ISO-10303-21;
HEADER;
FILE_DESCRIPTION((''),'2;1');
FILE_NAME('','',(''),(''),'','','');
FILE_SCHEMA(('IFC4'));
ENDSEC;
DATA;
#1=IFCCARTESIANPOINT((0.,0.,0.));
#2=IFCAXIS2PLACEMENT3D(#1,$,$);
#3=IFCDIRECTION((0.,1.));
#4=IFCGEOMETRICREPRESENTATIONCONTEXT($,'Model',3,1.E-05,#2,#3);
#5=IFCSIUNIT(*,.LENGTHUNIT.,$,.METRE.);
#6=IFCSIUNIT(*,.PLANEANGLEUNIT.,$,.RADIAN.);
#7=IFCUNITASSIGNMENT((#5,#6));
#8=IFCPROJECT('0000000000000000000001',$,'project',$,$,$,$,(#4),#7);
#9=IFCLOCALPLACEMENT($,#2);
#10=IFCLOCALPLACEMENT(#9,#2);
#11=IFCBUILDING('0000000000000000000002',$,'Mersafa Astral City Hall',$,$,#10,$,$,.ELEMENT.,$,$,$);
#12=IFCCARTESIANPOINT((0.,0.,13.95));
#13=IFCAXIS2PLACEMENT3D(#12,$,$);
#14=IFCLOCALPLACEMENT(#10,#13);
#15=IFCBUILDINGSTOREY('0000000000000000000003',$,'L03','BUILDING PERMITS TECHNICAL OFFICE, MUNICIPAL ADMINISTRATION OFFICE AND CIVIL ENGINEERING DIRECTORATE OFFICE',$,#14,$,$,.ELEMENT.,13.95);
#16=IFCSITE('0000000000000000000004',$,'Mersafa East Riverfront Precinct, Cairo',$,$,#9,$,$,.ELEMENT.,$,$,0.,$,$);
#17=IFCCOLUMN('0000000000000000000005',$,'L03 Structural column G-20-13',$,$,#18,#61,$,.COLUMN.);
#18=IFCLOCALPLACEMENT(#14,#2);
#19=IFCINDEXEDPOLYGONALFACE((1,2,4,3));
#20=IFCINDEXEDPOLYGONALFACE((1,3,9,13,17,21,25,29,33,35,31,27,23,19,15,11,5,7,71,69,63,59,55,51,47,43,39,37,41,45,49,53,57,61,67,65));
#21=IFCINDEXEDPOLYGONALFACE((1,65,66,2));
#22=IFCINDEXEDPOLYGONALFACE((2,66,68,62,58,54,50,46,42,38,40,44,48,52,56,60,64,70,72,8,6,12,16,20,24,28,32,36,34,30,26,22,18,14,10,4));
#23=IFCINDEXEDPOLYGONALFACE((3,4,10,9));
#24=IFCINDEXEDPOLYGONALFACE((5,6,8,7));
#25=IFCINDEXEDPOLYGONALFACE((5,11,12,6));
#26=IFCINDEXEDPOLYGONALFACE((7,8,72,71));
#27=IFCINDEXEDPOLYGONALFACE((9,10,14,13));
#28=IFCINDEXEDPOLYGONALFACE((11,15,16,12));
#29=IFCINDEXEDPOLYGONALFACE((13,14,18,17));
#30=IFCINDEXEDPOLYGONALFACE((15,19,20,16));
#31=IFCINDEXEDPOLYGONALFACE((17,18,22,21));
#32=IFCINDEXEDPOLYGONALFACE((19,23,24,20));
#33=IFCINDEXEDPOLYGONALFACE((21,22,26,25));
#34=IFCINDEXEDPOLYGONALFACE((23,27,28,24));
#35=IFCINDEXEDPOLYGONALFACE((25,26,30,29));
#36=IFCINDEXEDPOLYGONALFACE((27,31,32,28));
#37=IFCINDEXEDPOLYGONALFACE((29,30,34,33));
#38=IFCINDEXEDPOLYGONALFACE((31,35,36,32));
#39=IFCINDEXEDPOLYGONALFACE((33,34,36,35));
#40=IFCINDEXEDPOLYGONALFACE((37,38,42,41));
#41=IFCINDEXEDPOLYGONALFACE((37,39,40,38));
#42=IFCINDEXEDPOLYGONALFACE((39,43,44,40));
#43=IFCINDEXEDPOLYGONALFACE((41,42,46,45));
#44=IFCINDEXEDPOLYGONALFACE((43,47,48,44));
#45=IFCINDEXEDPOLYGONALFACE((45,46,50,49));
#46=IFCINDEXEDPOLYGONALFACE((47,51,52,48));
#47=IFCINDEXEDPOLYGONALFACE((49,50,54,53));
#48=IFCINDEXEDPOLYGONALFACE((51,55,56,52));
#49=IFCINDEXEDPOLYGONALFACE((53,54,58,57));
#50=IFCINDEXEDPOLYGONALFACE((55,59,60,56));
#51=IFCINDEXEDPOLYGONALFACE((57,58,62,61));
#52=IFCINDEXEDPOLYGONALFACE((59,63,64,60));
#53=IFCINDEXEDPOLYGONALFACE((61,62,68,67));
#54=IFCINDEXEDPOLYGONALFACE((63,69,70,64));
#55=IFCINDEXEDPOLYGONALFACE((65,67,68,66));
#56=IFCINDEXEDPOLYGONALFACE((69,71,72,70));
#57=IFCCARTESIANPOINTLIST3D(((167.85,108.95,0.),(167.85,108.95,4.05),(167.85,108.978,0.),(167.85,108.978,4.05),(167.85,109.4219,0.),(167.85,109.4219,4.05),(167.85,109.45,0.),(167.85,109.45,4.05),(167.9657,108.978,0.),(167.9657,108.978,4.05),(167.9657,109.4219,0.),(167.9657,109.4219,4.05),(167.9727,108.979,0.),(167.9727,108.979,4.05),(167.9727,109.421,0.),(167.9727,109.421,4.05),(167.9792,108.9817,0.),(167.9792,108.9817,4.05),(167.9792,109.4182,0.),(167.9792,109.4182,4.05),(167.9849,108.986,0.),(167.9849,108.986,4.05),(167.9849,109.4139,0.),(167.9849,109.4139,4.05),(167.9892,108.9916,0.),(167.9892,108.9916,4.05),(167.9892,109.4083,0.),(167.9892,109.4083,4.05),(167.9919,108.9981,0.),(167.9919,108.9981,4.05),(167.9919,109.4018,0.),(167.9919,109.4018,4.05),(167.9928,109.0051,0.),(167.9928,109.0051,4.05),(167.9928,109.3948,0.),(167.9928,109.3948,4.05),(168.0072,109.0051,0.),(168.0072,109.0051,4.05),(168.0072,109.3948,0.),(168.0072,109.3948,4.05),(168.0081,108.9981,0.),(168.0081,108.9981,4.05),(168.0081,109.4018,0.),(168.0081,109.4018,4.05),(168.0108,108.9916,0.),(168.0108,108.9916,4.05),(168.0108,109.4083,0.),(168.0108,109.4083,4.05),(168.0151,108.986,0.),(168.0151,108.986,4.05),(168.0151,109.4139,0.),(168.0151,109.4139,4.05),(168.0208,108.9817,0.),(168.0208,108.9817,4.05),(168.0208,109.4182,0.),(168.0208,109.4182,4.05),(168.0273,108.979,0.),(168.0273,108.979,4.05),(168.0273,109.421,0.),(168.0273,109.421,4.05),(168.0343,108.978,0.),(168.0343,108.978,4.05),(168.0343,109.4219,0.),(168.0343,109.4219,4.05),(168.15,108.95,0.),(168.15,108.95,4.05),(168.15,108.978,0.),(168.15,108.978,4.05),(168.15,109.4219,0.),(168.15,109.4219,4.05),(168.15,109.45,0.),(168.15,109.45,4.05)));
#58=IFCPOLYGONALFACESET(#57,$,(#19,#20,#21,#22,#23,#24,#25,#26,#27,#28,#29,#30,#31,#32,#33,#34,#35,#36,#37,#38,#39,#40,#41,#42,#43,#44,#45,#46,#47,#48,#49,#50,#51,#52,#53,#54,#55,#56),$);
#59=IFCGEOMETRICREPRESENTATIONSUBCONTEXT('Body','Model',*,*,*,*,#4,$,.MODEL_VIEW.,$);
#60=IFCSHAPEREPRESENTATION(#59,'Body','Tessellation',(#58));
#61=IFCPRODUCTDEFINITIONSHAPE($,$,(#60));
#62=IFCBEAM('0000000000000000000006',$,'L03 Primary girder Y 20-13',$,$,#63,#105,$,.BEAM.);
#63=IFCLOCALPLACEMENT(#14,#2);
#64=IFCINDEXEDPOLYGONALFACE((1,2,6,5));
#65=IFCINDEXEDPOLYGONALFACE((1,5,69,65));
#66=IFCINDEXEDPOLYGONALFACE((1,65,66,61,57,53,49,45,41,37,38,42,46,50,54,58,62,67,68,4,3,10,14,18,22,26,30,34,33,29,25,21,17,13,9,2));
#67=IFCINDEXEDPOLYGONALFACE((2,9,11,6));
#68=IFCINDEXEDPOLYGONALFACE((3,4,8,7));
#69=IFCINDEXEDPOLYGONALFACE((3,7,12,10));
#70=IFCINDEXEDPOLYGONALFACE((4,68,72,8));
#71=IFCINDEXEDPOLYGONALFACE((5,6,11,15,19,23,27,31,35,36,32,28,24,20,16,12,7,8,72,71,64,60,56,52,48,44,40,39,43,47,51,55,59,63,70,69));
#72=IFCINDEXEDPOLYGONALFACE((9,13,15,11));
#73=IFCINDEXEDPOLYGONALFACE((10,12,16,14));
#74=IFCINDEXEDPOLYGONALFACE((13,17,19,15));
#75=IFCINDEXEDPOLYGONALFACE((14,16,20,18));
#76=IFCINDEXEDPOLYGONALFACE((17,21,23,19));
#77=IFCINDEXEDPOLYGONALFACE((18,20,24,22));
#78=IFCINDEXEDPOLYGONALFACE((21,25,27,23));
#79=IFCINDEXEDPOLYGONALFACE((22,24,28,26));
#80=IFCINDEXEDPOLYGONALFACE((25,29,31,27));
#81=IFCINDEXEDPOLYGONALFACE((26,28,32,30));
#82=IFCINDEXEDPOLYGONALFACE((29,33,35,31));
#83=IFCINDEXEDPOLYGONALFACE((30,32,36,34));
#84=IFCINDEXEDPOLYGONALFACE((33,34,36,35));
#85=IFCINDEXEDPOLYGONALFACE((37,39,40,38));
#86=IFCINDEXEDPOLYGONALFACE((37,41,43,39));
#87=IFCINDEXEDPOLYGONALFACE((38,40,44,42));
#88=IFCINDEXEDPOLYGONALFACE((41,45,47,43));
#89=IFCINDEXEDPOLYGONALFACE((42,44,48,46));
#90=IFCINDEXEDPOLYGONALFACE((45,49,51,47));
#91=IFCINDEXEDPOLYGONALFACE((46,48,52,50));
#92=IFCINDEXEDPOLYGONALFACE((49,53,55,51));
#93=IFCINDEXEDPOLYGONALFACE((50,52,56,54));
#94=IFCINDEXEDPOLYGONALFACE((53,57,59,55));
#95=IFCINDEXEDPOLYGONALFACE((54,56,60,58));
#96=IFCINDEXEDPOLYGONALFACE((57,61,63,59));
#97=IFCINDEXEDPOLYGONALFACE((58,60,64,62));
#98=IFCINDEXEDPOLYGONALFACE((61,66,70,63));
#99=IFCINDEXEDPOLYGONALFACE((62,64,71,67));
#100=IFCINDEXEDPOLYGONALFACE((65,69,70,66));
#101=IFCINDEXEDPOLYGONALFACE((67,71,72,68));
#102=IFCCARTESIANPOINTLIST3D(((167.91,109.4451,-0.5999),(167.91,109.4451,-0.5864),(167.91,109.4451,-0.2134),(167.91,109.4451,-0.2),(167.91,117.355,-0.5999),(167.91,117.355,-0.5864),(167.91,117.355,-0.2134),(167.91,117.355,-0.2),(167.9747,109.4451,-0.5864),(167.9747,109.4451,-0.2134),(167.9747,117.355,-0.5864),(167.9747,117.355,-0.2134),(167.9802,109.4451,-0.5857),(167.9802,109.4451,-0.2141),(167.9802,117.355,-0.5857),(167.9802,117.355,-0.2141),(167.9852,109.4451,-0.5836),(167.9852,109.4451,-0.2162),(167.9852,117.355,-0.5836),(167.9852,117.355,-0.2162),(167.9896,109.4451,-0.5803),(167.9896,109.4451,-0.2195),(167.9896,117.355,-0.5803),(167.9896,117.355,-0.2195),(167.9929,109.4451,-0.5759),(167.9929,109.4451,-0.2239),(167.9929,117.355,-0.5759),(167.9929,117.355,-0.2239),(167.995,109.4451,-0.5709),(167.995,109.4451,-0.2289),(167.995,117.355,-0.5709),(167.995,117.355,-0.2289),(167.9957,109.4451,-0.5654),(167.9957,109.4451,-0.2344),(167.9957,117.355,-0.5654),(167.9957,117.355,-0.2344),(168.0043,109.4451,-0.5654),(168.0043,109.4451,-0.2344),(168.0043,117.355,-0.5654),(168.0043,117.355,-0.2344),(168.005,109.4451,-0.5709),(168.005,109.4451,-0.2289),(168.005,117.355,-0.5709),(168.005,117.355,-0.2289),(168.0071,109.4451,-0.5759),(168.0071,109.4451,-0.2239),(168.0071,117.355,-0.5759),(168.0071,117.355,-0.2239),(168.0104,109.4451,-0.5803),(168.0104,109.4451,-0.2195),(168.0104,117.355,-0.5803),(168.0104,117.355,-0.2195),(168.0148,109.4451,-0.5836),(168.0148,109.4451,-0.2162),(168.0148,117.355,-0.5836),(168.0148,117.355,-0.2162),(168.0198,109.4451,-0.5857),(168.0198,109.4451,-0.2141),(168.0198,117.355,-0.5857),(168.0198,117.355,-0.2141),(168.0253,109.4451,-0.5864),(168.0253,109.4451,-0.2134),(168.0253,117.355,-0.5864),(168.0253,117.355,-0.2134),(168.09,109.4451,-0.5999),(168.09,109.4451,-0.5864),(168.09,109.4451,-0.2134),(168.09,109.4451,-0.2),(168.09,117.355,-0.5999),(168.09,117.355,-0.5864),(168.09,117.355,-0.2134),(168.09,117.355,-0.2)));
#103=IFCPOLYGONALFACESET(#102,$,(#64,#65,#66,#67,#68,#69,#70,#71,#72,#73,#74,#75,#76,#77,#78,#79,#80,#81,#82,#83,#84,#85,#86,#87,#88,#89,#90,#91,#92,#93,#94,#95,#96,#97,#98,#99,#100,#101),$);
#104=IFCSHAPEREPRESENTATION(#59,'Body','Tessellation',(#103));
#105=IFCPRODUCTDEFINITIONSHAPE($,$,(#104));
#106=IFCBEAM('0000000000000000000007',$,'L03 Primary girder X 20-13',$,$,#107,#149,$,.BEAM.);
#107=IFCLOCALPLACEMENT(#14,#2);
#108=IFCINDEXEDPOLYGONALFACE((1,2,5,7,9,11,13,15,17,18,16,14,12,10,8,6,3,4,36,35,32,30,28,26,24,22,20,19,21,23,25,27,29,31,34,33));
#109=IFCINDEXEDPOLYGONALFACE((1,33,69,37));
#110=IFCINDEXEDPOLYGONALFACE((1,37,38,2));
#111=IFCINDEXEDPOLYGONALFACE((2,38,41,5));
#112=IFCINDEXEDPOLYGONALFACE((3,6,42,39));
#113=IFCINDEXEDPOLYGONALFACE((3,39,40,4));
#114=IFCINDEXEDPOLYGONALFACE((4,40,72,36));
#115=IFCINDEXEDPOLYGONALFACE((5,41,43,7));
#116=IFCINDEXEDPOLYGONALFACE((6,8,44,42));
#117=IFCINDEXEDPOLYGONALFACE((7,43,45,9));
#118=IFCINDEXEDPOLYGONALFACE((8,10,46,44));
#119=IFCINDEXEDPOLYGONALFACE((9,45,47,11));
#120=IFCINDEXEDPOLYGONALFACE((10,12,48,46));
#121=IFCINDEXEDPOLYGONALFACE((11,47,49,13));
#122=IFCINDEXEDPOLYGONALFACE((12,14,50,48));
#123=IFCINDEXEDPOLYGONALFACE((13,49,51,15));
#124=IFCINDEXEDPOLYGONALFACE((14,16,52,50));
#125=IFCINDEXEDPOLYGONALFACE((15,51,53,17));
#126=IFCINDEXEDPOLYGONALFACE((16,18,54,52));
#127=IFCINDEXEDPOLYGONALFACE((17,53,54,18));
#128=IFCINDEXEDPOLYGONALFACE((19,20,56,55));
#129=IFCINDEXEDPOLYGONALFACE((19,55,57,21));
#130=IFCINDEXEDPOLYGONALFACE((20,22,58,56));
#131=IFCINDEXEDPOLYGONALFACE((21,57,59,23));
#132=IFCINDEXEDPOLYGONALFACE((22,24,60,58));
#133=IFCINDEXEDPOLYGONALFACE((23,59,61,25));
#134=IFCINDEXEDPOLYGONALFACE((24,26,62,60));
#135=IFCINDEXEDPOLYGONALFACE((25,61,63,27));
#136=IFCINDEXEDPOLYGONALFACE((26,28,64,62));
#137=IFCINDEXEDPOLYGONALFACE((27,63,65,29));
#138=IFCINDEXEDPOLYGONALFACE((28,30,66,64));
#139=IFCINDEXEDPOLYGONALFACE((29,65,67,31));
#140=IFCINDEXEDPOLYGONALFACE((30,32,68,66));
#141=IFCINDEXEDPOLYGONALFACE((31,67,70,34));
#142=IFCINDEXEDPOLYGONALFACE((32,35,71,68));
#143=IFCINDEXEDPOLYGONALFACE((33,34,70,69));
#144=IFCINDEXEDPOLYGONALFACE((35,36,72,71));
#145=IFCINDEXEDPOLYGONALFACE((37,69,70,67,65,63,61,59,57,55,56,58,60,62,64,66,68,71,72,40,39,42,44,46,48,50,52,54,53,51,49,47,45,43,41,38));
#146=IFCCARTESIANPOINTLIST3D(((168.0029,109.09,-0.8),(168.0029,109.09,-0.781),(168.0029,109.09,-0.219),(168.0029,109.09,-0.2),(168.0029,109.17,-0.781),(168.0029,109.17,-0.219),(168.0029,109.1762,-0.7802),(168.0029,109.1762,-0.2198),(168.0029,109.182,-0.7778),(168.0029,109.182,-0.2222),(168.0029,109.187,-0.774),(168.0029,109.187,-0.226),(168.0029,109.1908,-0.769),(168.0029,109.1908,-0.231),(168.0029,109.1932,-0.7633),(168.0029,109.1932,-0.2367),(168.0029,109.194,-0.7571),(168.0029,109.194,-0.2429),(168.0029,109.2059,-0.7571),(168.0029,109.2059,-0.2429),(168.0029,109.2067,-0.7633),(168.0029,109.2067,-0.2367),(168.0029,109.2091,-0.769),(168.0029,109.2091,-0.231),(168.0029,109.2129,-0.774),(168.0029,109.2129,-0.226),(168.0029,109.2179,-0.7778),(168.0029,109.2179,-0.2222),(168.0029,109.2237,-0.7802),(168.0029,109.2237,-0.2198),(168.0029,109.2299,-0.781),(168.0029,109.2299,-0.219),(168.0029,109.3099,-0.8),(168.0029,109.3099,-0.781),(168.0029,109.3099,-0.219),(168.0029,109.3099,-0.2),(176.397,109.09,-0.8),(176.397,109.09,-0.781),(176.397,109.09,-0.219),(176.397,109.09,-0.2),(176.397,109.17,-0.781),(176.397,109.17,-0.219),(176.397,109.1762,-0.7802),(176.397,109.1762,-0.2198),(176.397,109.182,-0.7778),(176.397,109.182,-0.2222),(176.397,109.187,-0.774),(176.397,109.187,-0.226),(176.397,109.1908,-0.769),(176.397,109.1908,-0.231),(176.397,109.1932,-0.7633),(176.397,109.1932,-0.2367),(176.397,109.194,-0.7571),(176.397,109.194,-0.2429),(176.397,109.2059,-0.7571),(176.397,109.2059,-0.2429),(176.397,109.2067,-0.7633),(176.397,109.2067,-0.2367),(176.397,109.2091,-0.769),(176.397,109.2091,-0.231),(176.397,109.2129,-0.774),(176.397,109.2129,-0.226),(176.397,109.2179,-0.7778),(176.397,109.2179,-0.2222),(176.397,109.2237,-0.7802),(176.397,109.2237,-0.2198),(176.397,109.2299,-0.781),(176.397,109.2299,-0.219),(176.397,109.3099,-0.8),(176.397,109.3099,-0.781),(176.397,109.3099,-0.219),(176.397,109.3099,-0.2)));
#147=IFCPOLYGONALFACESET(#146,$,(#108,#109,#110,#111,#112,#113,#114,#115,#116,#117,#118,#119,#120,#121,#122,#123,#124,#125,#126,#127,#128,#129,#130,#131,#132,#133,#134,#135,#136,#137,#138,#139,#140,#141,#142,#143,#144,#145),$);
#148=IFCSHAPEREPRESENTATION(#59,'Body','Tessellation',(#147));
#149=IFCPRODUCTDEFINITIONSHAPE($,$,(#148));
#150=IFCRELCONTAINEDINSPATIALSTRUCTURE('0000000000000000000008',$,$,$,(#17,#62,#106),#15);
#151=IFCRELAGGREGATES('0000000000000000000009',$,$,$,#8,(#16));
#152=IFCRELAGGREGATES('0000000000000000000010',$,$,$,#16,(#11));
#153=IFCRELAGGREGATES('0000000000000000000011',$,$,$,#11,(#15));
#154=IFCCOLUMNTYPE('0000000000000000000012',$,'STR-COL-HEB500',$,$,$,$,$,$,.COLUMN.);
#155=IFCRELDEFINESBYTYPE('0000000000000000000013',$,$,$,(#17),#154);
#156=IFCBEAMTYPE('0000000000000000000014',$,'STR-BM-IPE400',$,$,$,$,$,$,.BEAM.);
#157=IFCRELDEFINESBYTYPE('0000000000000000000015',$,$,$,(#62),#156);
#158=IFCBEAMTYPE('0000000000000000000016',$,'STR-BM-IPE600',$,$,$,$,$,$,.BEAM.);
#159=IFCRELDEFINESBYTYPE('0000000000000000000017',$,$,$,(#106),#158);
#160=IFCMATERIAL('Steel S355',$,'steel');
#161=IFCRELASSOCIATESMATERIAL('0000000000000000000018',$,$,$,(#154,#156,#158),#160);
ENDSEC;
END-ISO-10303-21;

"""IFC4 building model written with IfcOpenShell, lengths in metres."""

from ifc_helpers import new_model, si_unit, direction, frame, origin, origin_2d, place, context, subcontext, project, spatial, i_section, extrude, material, material_profile, profile_set, type_object, element, save


model = new_model("IFC4")

# Units and contexts
model_context = context("Model", 3, precision=1e-05, world=origin(), true_north=direction((0.0, 1.0)))
body_context = subcontext(model_context, "Body", "Model", "MODEL_VIEW")
ifc_project = project(units=[si_unit("LENGTHUNIT", "METRE"), si_unit("PLANEANGLEUNIT", "RADIAN")], contexts=[model_context])

# Site, building, storey
site_placement = place(None, origin())
site = spatial("IfcSite", under=ifc_project, at=site_placement, Name="Mersafa East Riverfront Precinct, Cairo", CompositionType="ELEMENT", RefElevation=0.0)
building_placement = place(site_placement, origin())
building = spatial("IfcBuilding", under=site, at=building_placement, Name="Mersafa Astral City Hall", CompositionType="ELEMENT")
storey_placement = place(building_placement, frame((0.0, 0.0, 13.95)))
storey = spatial("IfcBuildingStorey", under=building, at=storey_placement, Name="L03", Description="BUILDING PERMITS TECHNICAL OFFICE, MUNICIPAL ADMINISTRATION OFFICE AND CIVIL ENGINEERING DIRECTORATE OFFICE", CompositionType="ELEMENT", Elevation=13.95)

# Column
ifc_material_1 = material(Name="Steel S355", Category="steel")
ifc_material_profile_1 = material_profile(ifc_material_1, i_section(OverallWidth=0.3, OverallDepth=0.5, WebThickness=0.0144, FlangeThickness=0.0281, FilletRadius=0.0271, at=origin_2d()), Name="HEB 500")
ifc_profile_set_1 = profile_set([ifc_material_profile_1], Name="Steel S355")
column_type = type_object("IfcColumnType", Name="STR-COL-HEB500", PredefinedType="COLUMN", material=ifc_profile_set_1)
column_placement = place(storey_placement, frame((168.0, 109.2, 0.0), z_axis=(0.0, 0.0, 1.0), x_axis=(1.0, 0.0, 0.0)))
element("IfcColumn", 1, at=column_placement, inside=storey, type_object=column_type, Name="L03 Structural column G-20-13", PredefinedType="COLUMN", context=body_context, shape_type="SweptSolid", body=[
    extrude(i_section(OverallWidth=0.3, OverallDepth=0.5, WebThickness=0.0144, FlangeThickness=0.0281, FilletRadius=0.0271, at=origin_2d()), origin(), (0.0, 0.0, 1.0), 4.05),
])

# Beams
ifc_material_profile_2 = material_profile(ifc_material_1, i_section(OverallWidth=0.1799, OverallDepth=0.3999, WebThickness=0.0085, FlangeThickness=0.0134, FilletRadius=0.021, at=origin_2d()), Name="IPE 400")
ifc_profile_set_2 = profile_set([ifc_material_profile_2], Name="Steel S355")
beam_type_1 = type_object("IfcBeamType", Name="STR-BM-IPE400", PredefinedType="BEAM", material=ifc_profile_set_2)
beam_1_placement = place(storey_placement, frame((168.0, 109.4451, -0.3999), z_axis=(0.0, 1.0, 0.0), x_axis=(-1.0, 0.0, 0.0)))
element("IfcBeam", 2, at=beam_1_placement, inside=storey, type_object=beam_type_1, Name="L03 Primary girder Y 20-13", PredefinedType="BEAM", context=body_context, shape_type="SweptSolid", body=[
    extrude(i_section(OverallWidth=0.1799, OverallDepth=0.3999, WebThickness=0.0085, FlangeThickness=0.0134, FilletRadius=0.021, at=origin_2d()), origin(), (0.0, 0.0, 1.0), 7.9099),
])
ifc_material_profile_3 = material_profile(ifc_material_1, i_section(OverallWidth=0.22, OverallDepth=0.6001, WebThickness=0.012, FlangeThickness=0.019, FilletRadius=0.0239, at=origin_2d()), Name="IPE 600")
ifc_profile_set_3 = profile_set([ifc_material_profile_3], Name="Steel S355")
beam_type_2 = type_object("IfcBeamType", Name="STR-BM-IPE600", PredefinedType="BEAM", material=ifc_profile_set_3)
beam_2_placement = place(storey_placement, frame((168.0029, 109.2, -0.5), z_axis=(1.0, 0.0, 0.0), x_axis=(0.0, 1.0, 0.0)))
element("IfcBeam", 3, at=beam_2_placement, inside=storey, type_object=beam_type_2, Name="L03 Primary girder X 20-13", PredefinedType="BEAM", context=body_context, shape_type="SweptSolid", body=[
    extrude(i_section(OverallWidth=0.22, OverallDepth=0.6001, WebThickness=0.012, FlangeThickness=0.019, FilletRadius=0.0239, at=origin_2d()), origin(), (0.0, 0.0, 1.0), 8.394),
])

save(model, "model.ifc")
